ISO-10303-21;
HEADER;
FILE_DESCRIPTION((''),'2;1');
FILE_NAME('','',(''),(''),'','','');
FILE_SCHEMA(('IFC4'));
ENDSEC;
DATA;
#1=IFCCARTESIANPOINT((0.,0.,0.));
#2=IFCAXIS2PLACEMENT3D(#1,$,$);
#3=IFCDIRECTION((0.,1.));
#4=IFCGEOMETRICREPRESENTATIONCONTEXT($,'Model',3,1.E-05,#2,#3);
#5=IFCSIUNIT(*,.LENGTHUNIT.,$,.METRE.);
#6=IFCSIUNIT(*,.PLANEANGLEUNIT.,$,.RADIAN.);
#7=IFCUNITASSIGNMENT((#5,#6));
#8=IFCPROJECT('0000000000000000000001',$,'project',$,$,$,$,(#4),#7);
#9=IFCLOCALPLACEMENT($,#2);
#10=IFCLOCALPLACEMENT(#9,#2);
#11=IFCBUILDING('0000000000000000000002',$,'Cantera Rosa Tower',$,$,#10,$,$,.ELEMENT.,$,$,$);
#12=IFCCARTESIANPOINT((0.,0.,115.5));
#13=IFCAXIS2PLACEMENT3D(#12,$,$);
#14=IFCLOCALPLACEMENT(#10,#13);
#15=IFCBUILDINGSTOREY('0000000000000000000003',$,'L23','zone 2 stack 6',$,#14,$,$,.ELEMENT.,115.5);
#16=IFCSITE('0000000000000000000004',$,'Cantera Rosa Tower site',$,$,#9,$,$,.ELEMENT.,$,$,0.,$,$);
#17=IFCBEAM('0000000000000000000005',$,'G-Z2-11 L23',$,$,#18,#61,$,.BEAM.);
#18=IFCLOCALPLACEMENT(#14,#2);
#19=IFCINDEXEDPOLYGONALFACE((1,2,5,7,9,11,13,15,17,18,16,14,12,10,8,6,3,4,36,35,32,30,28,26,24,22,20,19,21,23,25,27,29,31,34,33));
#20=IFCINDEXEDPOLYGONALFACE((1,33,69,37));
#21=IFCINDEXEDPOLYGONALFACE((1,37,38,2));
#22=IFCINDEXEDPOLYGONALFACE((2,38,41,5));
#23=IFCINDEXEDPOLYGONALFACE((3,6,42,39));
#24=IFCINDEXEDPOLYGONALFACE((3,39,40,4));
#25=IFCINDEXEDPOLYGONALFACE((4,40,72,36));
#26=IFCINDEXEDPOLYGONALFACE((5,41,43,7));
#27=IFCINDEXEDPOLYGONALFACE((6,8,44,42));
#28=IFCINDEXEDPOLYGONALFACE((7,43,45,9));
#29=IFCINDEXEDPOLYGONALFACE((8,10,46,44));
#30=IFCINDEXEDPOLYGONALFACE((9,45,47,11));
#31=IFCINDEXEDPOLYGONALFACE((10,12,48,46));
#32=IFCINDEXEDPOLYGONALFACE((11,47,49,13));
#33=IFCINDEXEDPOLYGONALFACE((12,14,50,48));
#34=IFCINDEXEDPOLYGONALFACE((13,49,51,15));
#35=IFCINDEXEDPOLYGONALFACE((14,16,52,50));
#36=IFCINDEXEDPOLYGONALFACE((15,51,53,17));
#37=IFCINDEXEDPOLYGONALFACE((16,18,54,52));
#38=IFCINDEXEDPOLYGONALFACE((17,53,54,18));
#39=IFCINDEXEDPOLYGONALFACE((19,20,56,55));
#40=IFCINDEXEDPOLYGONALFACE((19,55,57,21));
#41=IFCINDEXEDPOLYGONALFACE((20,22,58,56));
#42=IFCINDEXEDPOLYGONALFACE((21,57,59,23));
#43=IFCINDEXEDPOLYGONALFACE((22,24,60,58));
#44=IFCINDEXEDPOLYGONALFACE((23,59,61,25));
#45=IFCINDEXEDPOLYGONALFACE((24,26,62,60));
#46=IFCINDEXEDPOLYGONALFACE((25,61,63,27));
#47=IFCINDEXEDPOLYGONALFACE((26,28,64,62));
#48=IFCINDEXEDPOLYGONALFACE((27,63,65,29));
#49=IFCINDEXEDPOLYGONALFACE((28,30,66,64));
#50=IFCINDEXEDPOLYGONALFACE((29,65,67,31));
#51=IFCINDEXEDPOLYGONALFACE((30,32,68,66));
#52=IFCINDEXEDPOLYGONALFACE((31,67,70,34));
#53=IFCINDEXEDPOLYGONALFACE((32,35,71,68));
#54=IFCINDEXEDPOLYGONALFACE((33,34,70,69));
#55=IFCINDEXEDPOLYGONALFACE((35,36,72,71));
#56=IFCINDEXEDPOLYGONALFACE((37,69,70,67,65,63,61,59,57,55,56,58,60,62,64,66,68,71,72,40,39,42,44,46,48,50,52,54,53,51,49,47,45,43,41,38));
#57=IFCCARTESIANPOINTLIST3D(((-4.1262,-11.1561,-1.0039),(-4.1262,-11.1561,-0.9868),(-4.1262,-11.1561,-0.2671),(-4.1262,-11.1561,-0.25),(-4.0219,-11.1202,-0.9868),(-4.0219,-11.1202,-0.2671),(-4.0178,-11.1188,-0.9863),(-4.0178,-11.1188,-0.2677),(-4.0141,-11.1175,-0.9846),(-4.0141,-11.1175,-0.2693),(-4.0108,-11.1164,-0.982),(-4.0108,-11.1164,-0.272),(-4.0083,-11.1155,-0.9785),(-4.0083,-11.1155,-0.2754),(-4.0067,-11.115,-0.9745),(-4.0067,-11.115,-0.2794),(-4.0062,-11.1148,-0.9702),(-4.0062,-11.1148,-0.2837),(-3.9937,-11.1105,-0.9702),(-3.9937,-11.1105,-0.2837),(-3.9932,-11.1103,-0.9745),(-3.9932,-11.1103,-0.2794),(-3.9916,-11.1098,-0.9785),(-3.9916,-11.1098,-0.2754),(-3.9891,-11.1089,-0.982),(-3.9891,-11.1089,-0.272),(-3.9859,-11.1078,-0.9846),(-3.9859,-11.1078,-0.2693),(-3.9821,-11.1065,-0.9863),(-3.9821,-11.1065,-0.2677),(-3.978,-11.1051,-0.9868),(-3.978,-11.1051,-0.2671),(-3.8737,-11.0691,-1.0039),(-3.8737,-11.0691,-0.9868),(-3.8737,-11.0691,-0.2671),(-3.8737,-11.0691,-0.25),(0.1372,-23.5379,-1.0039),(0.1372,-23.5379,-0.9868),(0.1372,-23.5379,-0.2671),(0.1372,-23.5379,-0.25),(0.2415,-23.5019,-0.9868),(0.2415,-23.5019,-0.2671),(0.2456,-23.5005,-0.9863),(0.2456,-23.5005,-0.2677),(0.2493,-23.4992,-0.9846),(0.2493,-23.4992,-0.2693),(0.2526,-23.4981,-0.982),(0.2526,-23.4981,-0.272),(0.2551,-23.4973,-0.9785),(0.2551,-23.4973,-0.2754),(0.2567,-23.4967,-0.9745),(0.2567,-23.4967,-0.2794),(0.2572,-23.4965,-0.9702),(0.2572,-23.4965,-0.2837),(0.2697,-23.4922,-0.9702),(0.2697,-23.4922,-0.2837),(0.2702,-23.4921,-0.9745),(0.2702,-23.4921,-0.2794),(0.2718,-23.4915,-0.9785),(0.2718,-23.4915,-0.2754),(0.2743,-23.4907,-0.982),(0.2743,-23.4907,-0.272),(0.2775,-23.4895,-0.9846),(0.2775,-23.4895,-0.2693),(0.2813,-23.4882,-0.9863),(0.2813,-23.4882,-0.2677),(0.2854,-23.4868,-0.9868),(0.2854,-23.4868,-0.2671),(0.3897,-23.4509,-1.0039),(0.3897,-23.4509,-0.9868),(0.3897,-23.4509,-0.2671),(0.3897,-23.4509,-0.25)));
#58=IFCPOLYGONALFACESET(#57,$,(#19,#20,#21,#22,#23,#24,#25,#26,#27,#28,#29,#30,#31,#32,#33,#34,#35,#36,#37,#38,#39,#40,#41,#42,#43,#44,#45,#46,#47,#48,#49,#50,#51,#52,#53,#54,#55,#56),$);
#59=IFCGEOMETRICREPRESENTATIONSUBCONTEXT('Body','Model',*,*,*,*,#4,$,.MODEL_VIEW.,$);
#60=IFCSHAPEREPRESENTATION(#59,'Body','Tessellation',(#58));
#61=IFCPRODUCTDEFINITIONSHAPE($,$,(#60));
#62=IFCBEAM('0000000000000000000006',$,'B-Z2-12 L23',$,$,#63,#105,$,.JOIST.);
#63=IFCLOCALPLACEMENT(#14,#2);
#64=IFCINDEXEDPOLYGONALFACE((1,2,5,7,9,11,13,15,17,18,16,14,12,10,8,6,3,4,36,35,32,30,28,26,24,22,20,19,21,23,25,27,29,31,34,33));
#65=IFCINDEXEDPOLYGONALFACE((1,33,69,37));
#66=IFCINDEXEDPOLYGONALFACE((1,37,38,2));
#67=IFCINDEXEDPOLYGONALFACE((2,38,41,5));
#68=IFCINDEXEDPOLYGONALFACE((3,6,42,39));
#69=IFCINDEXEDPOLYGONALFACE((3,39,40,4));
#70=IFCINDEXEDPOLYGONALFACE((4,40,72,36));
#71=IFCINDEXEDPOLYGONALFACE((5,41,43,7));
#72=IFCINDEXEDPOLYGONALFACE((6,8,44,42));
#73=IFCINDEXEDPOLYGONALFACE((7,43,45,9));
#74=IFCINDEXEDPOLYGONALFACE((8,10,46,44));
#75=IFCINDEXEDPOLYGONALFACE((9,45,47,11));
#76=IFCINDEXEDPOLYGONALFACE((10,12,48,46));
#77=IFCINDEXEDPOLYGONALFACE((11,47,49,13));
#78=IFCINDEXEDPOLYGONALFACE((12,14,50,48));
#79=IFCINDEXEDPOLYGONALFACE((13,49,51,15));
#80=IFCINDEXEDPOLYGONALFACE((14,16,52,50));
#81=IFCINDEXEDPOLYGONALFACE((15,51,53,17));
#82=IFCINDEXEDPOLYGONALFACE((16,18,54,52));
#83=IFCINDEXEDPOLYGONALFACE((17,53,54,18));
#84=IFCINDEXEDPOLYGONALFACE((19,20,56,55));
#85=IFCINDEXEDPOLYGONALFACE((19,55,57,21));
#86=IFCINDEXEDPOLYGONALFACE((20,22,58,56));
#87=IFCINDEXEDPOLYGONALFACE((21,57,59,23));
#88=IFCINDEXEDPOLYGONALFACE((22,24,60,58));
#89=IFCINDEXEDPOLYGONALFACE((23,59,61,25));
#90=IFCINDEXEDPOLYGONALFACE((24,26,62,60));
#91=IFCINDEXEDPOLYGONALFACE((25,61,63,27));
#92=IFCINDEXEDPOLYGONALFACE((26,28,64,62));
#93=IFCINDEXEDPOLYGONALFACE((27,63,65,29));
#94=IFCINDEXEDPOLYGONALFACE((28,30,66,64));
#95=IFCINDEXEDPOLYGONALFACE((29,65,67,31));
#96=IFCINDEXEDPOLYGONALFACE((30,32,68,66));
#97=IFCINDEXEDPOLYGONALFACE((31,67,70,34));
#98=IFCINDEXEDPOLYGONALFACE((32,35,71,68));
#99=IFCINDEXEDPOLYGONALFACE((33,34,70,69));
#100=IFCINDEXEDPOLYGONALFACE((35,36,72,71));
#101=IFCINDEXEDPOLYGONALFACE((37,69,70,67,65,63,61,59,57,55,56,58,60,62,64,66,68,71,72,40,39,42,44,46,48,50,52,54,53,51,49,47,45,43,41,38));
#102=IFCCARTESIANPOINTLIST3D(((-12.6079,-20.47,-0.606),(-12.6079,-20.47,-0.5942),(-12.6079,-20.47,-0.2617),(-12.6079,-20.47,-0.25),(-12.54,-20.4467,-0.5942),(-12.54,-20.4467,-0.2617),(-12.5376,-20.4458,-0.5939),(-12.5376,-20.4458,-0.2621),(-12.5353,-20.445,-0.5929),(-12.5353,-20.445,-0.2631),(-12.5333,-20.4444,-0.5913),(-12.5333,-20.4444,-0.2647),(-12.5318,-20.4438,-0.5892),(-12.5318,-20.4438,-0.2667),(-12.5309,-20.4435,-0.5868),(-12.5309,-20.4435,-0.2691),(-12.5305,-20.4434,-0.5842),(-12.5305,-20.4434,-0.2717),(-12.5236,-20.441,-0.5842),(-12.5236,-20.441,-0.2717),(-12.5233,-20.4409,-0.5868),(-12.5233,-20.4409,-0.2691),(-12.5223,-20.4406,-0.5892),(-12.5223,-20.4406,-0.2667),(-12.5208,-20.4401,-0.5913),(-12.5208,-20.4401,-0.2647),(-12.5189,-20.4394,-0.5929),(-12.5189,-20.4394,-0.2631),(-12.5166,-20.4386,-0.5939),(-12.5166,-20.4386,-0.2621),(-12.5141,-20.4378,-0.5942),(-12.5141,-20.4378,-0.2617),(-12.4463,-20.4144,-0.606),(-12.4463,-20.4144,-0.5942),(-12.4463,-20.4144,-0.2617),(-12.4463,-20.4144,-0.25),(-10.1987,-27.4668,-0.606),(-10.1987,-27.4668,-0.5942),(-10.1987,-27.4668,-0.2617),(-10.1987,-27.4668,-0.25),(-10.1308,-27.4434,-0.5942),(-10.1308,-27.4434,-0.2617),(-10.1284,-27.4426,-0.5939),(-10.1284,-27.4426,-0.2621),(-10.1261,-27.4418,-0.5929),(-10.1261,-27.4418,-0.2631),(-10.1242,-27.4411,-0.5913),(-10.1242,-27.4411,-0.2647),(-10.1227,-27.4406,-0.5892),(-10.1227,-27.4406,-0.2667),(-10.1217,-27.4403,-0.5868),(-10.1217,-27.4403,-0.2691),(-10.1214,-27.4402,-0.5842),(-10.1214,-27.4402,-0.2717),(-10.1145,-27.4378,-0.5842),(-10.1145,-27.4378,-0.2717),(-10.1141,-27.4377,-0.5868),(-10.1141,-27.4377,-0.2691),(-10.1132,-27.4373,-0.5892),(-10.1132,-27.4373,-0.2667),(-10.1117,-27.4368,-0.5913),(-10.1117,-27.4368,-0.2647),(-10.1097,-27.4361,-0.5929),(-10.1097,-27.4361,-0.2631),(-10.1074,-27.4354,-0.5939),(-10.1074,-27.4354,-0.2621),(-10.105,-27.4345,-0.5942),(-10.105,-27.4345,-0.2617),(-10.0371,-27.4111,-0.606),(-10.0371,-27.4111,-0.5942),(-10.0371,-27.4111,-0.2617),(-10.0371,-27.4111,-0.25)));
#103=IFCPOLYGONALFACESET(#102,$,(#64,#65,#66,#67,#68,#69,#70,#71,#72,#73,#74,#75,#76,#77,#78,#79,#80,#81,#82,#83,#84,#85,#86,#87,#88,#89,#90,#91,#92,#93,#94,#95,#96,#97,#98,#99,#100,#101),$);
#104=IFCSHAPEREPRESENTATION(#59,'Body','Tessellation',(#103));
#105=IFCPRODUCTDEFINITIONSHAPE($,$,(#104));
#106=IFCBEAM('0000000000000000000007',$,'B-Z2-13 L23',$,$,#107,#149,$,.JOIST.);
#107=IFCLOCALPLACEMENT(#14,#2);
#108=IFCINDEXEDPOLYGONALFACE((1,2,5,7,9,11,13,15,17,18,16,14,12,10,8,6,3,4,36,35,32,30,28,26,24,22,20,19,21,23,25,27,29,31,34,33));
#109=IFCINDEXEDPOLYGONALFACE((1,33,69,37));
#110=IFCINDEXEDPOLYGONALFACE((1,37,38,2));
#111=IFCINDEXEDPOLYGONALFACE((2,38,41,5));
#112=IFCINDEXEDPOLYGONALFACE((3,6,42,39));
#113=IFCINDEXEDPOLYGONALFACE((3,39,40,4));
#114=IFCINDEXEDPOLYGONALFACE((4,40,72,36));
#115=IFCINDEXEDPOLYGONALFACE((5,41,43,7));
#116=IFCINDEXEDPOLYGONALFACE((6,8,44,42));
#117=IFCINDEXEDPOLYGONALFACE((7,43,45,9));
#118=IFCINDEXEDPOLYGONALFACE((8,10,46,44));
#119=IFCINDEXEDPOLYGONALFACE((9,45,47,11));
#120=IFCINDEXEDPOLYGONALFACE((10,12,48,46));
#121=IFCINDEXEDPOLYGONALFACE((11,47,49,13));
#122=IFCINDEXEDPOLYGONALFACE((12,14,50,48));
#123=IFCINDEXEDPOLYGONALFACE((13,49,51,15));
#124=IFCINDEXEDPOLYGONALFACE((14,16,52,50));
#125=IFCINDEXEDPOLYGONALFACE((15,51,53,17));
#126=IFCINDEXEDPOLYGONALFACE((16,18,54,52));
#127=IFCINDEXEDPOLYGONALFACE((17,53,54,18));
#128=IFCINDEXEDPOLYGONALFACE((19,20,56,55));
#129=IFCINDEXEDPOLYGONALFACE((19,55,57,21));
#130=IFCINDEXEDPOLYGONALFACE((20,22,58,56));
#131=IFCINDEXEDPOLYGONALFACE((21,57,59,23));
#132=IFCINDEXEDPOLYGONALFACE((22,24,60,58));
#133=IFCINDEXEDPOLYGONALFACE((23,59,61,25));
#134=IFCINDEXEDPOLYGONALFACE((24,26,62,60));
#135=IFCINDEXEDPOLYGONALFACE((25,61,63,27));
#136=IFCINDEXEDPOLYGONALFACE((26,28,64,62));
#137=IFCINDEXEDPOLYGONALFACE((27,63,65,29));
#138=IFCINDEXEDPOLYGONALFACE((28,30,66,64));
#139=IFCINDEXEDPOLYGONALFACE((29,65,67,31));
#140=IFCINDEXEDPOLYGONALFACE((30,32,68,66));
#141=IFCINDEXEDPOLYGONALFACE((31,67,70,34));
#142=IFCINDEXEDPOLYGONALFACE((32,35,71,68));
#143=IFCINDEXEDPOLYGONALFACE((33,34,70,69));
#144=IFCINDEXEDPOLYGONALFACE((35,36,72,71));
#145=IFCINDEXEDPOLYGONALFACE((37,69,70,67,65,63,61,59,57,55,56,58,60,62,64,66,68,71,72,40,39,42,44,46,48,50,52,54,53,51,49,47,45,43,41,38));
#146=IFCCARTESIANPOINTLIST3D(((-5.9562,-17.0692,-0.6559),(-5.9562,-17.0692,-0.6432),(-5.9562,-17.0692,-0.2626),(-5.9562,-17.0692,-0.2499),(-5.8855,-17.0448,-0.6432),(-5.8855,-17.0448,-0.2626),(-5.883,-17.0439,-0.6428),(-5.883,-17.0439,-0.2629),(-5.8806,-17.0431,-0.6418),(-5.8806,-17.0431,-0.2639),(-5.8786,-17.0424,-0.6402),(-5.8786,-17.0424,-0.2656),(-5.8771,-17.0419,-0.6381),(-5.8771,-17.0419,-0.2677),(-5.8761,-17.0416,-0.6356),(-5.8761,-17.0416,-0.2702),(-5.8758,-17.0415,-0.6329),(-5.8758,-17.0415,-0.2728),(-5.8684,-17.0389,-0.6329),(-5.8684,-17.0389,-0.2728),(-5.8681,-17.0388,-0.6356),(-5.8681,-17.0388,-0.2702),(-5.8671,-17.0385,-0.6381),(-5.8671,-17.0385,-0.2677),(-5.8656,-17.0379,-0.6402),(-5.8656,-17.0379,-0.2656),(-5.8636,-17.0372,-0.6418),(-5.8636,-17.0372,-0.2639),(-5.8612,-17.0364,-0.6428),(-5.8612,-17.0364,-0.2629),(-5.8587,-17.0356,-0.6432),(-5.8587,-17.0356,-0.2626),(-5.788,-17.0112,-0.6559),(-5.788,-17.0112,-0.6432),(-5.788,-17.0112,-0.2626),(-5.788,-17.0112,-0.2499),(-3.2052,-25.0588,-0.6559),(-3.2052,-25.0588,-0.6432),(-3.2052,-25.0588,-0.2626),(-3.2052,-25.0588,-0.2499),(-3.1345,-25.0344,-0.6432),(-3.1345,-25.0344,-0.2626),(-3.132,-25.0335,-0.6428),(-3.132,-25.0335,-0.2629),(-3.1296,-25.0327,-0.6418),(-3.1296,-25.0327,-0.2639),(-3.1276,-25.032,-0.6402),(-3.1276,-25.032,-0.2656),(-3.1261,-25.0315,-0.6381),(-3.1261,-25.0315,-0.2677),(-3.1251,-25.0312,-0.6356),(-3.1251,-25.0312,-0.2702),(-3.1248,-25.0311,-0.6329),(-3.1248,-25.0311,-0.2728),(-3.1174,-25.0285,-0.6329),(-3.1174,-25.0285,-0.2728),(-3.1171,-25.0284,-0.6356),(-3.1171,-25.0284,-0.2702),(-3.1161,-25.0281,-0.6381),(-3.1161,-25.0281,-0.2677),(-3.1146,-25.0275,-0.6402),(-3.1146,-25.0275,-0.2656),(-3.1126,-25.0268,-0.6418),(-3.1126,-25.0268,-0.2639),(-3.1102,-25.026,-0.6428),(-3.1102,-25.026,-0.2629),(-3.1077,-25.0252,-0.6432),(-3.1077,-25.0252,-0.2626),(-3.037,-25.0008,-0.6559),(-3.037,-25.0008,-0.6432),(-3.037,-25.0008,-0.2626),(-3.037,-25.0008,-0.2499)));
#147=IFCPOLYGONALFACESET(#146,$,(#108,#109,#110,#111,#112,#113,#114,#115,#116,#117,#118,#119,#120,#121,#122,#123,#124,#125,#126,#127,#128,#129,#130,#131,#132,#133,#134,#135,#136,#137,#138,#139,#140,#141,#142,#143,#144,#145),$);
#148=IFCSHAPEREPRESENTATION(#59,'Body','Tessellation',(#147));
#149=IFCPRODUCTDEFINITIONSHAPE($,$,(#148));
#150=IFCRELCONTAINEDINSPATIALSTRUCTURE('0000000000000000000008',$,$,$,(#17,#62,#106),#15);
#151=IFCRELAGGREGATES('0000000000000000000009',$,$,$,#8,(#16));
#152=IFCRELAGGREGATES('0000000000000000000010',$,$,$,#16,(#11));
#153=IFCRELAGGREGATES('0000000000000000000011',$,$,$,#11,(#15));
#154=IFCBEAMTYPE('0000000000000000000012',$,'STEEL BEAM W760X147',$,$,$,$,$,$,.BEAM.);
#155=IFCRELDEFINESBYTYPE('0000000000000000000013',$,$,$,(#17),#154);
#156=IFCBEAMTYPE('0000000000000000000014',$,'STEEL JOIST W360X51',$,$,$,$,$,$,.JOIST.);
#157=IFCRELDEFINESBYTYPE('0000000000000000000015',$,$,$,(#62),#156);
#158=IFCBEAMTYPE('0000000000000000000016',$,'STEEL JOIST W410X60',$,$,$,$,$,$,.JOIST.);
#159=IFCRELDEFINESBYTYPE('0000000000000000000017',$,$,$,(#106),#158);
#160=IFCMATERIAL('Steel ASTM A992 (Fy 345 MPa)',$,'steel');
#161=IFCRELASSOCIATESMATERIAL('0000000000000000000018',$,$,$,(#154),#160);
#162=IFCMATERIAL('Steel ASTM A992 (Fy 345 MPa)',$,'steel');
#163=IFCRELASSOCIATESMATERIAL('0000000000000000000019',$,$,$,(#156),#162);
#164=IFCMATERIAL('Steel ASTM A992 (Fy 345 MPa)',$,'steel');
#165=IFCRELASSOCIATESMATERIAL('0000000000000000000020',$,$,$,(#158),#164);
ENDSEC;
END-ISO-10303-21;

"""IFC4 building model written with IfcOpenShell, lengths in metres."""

from ifc_helpers import new_model, si_unit, direction, frame, origin, origin_2d, place, context, subcontext, project, spatial, i_section, extrude, material, material_profile, profile_set, type_object, element, save


model = new_model("IFC4")

# Units and contexts
model_context = context("Model", 3, precision=1e-05, world=origin(), true_north=direction((0.0, 1.0)))
body_context = subcontext(model_context, "Body", "Model", "MODEL_VIEW")
ifc_project = project(units=[si_unit("LENGTHUNIT", "METRE"), si_unit("PLANEANGLEUNIT", "RADIAN")], contexts=[model_context])

# Site, building, storey
site_placement = place(None, origin())
site = spatial("IfcSite", under=ifc_project, at=site_placement, Name="Cantera Rosa Tower site", CompositionType="ELEMENT", RefElevation=0.0)
building_placement = place(site_placement, origin())
building = spatial("IfcBuilding", under=site, at=building_placement, Name="Cantera Rosa Tower", CompositionType="ELEMENT")
storey_placement = place(building_placement, frame((0.0, 0.0, 115.5)))
storey = spatial("IfcBuildingStorey", under=building, at=storey_placement, Name="L23", Description="zone 2 stack 6", CompositionType="ELEMENT", Elevation=115.5)

# Beams
ifc_material_1 = material(Name="Steel ASTM A992 (Fy 345 MPa)", Category="steel")
ifc_material_profile_1 = material_profile(ifc_material_1, i_section(OverallWidth=0.2671, OverallDepth=0.7539, WebThickness=0.0132, FlangeThickness=0.0171, FilletRadius=0.0166, at=origin_2d()), Name="W760X147")
ifc_profile_set_1 = profile_set([ifc_material_profile_1], Name="Steel ASTM A992 (Fy 345 MPa)")
beam_type_1 = type_object("IfcBeamType", Name="STEEL BEAM W760X147", PredefinedType="BEAM", material=ifc_profile_set_1)
beam_1_placement = place(storey_placement, frame((0.2634, -23.4944, -0.627), z_axis=(-0.32557, 0.945518, 0.0), x_axis=(-0.945518, -0.32557, 0.0)))
element("IfcBeam", 1, at=beam_1_placement, inside=storey, type_object=beam_type_1, Name="G-Z2-11 L23", PredefinedType="BEAM", context=body_context, shape_type="SweptSolid", body=[
    extrude(i_section(OverallWidth=0.2671, OverallDepth=0.7539, WebThickness=0.0132, FlangeThickness=0.0171, FilletRadius=0.0166, at=origin_2d()), origin(), (0.0, 0.0, 1.0), 13.0952),
])
ifc_material_2 = material(Name="Steel ASTM A992 (Fy 345 MPa)", Category="steel")
ifc_material_profile_2 = material_profile(ifc_material_2, i_section(OverallWidth=0.1709, OverallDepth=0.356, WebThickness=0.0073, FlangeThickness=0.0117, FilletRadius=0.01, at=origin_2d()), Name="W360X51")
ifc_profile_set_2 = profile_set([ifc_material_profile_2], Name="Steel ASTM A992 (Fy 345 MPa)")
beam_type_2 = type_object("IfcBeamType", Name="STEEL JOIST W360X51", PredefinedType="JOIST", material=ifc_profile_set_2)
beam_2_placement = place(storey_placement, frame((-10.1179, -27.439, -0.428), z_axis=(-0.325566, 0.945519, 0.0), x_axis=(-0.945519, -0.325566, 0.0)))
element("IfcBeam", 2, at=beam_2_placement, inside=storey, type_object=beam_type_2, Name="B-Z2-12 L23", PredefinedType="JOIST", context=body_context, shape_type="SweptSolid", body=[
    extrude(i_section(OverallWidth=0.1709, OverallDepth=0.356, WebThickness=0.0073, FlangeThickness=0.0117, FilletRadius=0.01, at=origin_2d()), origin(), (0.0, 0.0, 1.0), 7.3999),
])
ifc_material_3 = material(Name="Steel ASTM A992 (Fy 345 MPa)", Category="steel")
ifc_material_profile_3 = material_profile(ifc_material_3, i_section(OverallWidth=0.178, OverallDepth=0.406, WebThickness=0.0078, FlangeThickness=0.0127, FilletRadius=0.0103, at=origin_2d()), Name="W410X60")
ifc_profile_set_3 = profile_set([ifc_material_profile_3], Name="Steel ASTM A992 (Fy 345 MPa)")
beam_type_3 = type_object("IfcBeamType", Name="STEEL JOIST W410X60", PredefinedType="JOIST", material=ifc_profile_set_3)
beam_3_placement = place(storey_placement, frame((-3.1211, -25.0298, -0.4529), z_axis=(-0.325565, 0.94552, 0.0), x_axis=(-0.94552, -0.325565, 0.0)))
element("IfcBeam", 3, at=beam_3_placement, inside=storey, type_object=beam_type_3, Name="B-Z2-13 L23", PredefinedType="JOIST", context=body_context, shape_type="SweptSolid", body=[
    extrude(i_section(OverallWidth=0.178, OverallDepth=0.406, WebThickness=0.0078, FlangeThickness=0.0127, FilletRadius=0.0103, at=origin_2d()), origin(), (0.0, 0.0, 1.0), 8.45),
])

save(model, "model.ifc")
